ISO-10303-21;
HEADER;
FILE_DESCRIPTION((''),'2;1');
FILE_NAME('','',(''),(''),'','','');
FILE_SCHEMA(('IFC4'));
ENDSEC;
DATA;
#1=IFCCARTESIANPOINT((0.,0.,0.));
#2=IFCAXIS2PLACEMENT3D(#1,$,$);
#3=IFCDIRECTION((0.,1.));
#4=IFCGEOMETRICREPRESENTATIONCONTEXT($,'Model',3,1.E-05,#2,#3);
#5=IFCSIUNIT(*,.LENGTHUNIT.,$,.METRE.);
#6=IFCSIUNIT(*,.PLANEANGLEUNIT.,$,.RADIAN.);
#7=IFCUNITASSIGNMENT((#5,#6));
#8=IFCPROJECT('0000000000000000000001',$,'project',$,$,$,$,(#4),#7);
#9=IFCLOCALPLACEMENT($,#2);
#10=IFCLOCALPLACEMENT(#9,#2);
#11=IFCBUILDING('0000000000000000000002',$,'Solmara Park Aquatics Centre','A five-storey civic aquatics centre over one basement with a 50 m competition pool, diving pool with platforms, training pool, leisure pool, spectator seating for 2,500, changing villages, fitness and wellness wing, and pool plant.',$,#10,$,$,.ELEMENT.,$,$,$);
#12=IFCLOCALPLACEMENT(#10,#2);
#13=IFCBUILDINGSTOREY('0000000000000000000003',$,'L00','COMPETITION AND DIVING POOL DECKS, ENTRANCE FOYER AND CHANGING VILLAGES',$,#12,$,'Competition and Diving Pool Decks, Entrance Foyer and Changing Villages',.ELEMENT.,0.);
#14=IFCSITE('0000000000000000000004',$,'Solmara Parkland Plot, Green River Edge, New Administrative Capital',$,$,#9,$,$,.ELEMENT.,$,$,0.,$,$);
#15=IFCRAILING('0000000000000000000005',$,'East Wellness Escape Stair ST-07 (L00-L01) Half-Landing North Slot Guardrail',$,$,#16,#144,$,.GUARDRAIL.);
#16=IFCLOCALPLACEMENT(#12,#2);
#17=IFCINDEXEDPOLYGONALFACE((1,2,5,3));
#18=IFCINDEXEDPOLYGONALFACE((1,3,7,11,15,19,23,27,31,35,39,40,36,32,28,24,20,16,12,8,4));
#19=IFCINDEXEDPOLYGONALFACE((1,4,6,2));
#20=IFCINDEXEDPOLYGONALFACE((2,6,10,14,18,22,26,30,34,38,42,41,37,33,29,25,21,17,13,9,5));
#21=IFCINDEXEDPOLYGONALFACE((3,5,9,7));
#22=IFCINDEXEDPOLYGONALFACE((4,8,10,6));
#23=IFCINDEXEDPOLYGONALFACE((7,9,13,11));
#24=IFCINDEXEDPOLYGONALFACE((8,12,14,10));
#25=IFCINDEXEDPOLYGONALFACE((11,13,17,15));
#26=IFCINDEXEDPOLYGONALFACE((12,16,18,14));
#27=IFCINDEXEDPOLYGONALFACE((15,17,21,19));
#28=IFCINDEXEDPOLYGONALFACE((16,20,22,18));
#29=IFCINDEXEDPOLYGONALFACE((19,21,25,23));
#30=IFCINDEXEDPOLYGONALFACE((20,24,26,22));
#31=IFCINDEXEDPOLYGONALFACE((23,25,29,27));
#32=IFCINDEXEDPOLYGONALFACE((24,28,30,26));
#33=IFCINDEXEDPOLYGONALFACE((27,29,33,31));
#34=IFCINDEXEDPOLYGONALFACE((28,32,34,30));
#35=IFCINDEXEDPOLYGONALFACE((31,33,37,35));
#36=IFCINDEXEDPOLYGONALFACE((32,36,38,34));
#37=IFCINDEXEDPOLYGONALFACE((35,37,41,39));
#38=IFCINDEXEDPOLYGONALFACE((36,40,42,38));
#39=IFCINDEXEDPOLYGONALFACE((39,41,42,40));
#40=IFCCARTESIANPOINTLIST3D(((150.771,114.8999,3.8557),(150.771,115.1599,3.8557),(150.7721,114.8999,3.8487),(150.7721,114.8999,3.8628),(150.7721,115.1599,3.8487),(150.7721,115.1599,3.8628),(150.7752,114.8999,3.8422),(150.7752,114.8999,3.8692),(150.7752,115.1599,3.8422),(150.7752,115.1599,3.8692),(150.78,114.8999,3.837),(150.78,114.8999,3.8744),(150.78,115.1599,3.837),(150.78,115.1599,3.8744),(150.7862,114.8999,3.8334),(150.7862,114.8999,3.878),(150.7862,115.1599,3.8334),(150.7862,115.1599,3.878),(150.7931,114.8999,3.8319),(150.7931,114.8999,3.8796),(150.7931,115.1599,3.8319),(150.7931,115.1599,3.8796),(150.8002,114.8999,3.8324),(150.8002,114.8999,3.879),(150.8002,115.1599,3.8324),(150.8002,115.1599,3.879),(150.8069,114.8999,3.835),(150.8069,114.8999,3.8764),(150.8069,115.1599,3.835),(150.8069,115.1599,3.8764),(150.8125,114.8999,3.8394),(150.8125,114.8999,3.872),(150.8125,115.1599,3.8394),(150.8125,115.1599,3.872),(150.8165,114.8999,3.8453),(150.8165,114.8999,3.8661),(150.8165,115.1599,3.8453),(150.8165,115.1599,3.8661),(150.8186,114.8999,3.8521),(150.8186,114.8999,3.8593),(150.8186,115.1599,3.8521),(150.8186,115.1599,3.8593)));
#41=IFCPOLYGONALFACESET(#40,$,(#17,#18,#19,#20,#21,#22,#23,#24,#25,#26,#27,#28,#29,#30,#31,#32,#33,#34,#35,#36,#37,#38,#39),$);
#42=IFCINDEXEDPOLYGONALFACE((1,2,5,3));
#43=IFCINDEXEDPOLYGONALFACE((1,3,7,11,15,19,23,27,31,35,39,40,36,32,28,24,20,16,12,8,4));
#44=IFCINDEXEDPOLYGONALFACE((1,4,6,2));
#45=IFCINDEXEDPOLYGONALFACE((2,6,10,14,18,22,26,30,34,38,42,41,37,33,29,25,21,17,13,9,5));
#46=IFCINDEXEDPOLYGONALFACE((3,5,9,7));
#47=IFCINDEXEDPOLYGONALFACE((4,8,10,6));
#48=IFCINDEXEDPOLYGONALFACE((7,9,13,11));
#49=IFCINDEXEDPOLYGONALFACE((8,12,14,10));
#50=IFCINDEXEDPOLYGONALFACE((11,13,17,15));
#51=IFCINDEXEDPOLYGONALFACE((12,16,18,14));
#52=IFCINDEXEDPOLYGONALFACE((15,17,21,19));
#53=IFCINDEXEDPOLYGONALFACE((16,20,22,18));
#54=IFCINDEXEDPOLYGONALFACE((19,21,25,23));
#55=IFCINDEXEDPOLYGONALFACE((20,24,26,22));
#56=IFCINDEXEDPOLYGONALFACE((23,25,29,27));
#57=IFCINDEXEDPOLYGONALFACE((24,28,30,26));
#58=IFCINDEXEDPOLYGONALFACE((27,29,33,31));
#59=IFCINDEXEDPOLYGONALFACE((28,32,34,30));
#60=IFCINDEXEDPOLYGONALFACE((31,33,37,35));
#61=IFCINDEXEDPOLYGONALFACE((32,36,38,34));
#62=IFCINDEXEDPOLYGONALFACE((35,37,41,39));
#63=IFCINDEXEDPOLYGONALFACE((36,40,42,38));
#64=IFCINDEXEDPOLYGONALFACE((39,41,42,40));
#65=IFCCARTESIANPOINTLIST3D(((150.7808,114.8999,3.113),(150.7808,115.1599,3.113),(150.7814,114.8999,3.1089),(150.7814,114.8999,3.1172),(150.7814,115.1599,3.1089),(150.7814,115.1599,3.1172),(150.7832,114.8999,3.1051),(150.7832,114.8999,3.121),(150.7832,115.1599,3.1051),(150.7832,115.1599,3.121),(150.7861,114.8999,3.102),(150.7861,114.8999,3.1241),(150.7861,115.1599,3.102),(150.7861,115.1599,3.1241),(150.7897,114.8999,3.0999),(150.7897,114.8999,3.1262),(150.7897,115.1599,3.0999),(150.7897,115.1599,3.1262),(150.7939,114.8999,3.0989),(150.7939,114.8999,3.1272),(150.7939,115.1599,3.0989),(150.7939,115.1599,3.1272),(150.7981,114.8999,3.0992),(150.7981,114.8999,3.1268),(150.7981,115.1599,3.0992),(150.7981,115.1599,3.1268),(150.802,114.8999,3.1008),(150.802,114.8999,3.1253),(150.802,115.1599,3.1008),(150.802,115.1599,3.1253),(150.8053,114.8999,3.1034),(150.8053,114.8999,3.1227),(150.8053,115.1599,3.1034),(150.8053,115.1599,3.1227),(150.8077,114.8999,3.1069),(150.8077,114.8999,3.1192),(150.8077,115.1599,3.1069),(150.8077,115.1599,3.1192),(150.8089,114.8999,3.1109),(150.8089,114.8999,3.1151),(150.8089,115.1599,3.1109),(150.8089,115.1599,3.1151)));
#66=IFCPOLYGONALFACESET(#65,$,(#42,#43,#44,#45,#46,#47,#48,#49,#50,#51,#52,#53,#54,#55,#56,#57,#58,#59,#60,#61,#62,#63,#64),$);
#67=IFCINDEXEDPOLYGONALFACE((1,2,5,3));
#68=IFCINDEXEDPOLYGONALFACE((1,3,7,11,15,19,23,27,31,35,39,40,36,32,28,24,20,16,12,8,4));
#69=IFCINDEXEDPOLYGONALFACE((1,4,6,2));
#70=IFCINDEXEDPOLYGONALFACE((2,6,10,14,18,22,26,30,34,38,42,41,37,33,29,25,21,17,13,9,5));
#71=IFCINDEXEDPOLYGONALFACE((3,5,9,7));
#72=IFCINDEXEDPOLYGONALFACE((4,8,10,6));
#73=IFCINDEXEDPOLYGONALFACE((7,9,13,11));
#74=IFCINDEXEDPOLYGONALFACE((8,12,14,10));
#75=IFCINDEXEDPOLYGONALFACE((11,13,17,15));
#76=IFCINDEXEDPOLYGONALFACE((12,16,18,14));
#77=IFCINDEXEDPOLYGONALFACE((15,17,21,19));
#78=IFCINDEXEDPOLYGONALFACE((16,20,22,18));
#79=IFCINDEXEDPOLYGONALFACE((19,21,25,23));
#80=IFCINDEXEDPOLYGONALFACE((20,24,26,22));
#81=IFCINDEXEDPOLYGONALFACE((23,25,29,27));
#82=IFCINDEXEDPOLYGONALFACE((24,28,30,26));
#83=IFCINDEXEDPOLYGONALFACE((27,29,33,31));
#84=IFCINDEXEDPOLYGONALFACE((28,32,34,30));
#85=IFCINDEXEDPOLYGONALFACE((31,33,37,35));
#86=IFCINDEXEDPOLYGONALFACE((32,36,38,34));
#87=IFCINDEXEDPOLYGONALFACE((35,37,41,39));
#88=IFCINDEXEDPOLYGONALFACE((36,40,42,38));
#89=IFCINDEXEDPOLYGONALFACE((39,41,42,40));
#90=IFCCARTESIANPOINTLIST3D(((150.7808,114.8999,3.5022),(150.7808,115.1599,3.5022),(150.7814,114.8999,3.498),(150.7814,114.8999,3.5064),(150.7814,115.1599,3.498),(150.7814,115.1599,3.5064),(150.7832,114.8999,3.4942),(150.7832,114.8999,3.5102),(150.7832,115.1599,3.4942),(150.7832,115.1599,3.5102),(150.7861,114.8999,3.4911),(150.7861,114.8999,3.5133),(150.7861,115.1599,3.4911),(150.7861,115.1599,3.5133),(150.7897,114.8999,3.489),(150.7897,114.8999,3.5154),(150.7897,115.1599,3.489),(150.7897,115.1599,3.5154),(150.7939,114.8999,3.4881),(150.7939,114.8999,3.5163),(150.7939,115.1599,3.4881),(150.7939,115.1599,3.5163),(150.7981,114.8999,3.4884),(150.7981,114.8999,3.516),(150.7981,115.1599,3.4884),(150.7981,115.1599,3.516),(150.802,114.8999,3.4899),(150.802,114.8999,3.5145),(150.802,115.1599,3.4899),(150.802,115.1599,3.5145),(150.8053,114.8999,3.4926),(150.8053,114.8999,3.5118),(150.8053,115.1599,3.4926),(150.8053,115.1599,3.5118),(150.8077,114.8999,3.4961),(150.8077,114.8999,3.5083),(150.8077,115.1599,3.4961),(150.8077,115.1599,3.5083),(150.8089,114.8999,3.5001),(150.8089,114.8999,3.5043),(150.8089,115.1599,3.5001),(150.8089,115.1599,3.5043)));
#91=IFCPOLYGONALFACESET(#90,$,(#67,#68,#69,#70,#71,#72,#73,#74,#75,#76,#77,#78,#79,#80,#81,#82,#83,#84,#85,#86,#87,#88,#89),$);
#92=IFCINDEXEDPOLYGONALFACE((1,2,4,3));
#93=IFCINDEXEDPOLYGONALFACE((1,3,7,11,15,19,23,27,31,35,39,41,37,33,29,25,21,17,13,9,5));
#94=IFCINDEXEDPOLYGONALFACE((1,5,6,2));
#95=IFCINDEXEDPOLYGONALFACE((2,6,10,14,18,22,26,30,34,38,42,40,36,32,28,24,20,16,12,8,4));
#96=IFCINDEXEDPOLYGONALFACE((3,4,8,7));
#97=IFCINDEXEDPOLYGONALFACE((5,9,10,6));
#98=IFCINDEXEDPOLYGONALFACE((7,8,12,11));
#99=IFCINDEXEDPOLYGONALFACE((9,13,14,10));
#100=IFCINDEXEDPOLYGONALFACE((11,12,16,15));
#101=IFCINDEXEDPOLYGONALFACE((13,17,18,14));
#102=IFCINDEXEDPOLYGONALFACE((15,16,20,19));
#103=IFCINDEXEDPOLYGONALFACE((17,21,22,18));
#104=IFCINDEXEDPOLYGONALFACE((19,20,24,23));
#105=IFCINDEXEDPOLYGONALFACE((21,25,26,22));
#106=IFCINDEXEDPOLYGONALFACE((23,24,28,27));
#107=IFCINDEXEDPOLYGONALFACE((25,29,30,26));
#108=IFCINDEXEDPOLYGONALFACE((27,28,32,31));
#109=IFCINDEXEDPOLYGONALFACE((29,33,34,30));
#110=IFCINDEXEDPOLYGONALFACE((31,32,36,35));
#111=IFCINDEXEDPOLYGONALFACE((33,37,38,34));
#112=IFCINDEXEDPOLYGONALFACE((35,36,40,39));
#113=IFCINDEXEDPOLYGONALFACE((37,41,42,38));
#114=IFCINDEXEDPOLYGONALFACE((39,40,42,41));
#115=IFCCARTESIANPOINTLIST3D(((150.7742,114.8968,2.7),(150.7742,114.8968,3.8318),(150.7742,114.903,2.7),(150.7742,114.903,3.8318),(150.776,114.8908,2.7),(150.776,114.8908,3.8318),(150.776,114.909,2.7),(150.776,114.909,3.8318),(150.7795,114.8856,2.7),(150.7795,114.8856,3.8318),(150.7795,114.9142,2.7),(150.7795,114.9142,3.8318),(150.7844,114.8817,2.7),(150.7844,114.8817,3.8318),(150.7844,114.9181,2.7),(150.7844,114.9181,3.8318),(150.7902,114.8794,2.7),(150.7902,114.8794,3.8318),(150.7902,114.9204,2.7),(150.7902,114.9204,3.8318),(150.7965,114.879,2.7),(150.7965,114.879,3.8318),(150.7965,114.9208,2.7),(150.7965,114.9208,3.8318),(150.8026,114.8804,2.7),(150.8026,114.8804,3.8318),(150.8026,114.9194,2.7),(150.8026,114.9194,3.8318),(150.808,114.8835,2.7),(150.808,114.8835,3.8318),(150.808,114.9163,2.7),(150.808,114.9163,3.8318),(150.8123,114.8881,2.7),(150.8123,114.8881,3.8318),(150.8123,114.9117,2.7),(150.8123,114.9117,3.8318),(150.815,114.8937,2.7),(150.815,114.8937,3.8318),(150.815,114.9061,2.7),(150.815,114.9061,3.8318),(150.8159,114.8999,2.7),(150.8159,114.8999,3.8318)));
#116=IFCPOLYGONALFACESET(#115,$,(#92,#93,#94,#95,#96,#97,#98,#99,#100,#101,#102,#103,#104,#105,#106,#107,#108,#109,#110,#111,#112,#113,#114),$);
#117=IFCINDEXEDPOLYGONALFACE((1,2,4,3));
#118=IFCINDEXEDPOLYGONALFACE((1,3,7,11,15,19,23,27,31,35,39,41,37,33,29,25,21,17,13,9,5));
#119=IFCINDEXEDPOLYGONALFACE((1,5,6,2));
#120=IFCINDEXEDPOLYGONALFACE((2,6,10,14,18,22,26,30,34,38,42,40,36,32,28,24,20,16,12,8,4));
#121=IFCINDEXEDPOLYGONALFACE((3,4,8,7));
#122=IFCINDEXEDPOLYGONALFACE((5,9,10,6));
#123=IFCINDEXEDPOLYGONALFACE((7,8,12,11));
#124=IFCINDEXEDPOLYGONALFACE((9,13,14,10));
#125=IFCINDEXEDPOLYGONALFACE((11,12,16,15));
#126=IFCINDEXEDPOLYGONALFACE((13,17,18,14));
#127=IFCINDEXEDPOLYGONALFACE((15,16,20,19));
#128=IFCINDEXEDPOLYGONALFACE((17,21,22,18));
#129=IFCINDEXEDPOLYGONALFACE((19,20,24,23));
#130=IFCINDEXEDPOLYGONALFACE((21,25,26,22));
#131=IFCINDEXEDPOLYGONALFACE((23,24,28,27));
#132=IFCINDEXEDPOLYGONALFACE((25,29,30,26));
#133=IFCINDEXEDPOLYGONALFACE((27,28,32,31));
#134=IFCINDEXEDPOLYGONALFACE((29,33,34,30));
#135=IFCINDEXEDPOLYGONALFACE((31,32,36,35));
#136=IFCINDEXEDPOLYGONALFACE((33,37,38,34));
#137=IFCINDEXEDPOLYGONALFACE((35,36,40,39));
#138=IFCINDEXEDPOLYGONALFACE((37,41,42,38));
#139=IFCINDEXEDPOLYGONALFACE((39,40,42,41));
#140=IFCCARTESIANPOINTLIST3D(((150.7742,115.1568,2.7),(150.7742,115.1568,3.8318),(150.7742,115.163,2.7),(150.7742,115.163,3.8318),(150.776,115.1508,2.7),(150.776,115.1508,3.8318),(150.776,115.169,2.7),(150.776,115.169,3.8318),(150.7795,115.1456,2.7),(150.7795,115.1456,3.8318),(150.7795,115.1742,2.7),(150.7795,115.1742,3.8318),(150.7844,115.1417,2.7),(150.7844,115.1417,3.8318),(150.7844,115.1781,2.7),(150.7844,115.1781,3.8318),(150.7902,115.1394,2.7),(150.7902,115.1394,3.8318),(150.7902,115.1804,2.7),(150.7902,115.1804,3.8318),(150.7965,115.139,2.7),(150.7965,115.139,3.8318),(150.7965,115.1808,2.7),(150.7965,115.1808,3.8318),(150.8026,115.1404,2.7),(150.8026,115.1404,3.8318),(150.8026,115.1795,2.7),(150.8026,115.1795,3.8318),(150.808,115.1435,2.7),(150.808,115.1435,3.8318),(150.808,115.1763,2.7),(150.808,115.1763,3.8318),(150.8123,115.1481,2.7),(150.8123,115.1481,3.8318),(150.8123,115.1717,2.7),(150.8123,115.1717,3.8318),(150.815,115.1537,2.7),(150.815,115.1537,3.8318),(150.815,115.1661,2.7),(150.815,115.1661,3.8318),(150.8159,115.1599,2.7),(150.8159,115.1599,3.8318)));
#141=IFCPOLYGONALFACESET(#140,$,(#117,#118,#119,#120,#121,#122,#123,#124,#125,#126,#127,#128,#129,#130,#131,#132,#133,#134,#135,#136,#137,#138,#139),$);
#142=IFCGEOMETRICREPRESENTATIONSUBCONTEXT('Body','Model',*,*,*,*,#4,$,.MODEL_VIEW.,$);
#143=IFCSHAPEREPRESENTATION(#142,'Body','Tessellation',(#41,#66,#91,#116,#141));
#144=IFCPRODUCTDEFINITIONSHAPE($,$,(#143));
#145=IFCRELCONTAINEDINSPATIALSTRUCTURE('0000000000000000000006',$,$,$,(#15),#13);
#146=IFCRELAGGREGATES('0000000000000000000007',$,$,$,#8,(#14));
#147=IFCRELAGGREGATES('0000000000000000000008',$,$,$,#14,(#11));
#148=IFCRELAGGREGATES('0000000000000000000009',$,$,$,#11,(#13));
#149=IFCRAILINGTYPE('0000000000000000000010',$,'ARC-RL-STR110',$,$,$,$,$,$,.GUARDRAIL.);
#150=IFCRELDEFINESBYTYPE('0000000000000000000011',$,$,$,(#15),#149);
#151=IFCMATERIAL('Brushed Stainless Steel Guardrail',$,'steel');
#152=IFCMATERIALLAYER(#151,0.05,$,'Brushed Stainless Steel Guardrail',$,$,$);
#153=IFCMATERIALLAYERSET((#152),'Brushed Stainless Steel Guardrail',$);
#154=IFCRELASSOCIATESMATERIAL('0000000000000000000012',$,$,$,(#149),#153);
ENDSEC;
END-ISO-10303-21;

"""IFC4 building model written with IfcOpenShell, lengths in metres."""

from ifc_helpers import new_model, si_unit, direction, frame, origin, origin_2d, place, context, subcontext, project, spatial, circle, extrude, material, layer, layer_set, type_object, element, save


model = new_model("IFC4")

# Units and contexts
model_context = context("Model", 3, precision=1e-05, world=origin(), true_north=direction((0.0, 1.0)))
body_context = subcontext(model_context, "Body", "Model", "MODEL_VIEW")
ifc_project = project(units=[si_unit("LENGTHUNIT", "METRE"), si_unit("PLANEANGLEUNIT", "RADIAN")], contexts=[model_context])

# Site, building, storey
site_placement = place(None, origin())
site = spatial("IfcSite", under=ifc_project, at=site_placement, Name="Solmara Parkland Plot, Green River Edge, New Administrative Capital", CompositionType="ELEMENT", RefElevation=0.0)
building_placement = place(site_placement, origin())
building = spatial("IfcBuilding", under=site, at=building_placement, Name="Solmara Park Aquatics Centre", Description="A five-storey civic aquatics centre over one basement with a 50 m competition pool, diving pool with platforms, training pool, leisure pool, spectator seating for 2,500, changing villages, fitness and wellness wing, and pool plant.", CompositionType="ELEMENT")
storey_placement = place(building_placement, origin())
storey = spatial("IfcBuildingStorey", under=building, at=storey_placement, Name="L00", Description="COMPETITION AND DIVING POOL DECKS, ENTRANCE FOYER AND CHANGING VILLAGES", LongName="Competition and Diving Pool Decks, Entrance Foyer and Changing Villages", CompositionType="ELEMENT", Elevation=0.0)

# Railing
ifc_material_1 = material(Name="Brushed Stainless Steel Guardrail", Category="steel")
ifc_layer_1 = layer(ifc_material_1, 0.05, Name="Brushed Stainless Steel Guardrail")
ifc_layer_set_1 = layer_set([ifc_layer_1], Name="Brushed Stainless Steel Guardrail")
railing_type_1 = type_object("IfcRailingType", Name="ARC-RL-STR110", PredefinedType="GUARDRAIL", material=ifc_layer_set_1)
railing_1_placement = place(storey_placement, frame((150.7949, 114.8999, 2.7)))
element("IfcRailing", 1, at=railing_1_placement, inside=storey, type_object=railing_type_1, Name="East Wellness Escape Stair ST-07 (L00-L01) Half-Landing North Slot Guardrail", PredefinedType="GUARDRAIL", context=body_context, shape_type="SweptSolid", body=[
    extrude(circle(Radius=0.0239, at=origin_2d()), frame((0.0, 0.0, 1.1558), z_axis=(0.0, 1.0, 0.0), x_axis=(-1.0, 0.0, 0.0)), (0.0, 0.0, 1.0), 0.26),
    extrude(circle(Radius=0.0142, at=origin_2d()), frame((0.0, 0.0, 0.4131), z_axis=(0.0, 1.0, 0.0), x_axis=(-1.0, 0.0, 0.0)), (0.0, 0.0, 1.0), 0.26),
    extrude(circle(Radius=0.0142, at=origin_2d()), frame((0.0, 0.0, 0.8022), z_axis=(0.0, 1.0, 0.0), x_axis=(-1.0, 0.0, 0.0)), (0.0, 0.0, 1.0), 0.26),
    extrude(circle(Radius=0.021, at=origin_2d()), origin(), (0.0, 0.0, 1.0), 1.1318),
    extrude(circle(Radius=0.021, at=origin_2d()), frame((0.0, 0.26, 0.0)), (0.0, 0.0, 1.0), 1.1318),
])

save(model, "model.ifc")
